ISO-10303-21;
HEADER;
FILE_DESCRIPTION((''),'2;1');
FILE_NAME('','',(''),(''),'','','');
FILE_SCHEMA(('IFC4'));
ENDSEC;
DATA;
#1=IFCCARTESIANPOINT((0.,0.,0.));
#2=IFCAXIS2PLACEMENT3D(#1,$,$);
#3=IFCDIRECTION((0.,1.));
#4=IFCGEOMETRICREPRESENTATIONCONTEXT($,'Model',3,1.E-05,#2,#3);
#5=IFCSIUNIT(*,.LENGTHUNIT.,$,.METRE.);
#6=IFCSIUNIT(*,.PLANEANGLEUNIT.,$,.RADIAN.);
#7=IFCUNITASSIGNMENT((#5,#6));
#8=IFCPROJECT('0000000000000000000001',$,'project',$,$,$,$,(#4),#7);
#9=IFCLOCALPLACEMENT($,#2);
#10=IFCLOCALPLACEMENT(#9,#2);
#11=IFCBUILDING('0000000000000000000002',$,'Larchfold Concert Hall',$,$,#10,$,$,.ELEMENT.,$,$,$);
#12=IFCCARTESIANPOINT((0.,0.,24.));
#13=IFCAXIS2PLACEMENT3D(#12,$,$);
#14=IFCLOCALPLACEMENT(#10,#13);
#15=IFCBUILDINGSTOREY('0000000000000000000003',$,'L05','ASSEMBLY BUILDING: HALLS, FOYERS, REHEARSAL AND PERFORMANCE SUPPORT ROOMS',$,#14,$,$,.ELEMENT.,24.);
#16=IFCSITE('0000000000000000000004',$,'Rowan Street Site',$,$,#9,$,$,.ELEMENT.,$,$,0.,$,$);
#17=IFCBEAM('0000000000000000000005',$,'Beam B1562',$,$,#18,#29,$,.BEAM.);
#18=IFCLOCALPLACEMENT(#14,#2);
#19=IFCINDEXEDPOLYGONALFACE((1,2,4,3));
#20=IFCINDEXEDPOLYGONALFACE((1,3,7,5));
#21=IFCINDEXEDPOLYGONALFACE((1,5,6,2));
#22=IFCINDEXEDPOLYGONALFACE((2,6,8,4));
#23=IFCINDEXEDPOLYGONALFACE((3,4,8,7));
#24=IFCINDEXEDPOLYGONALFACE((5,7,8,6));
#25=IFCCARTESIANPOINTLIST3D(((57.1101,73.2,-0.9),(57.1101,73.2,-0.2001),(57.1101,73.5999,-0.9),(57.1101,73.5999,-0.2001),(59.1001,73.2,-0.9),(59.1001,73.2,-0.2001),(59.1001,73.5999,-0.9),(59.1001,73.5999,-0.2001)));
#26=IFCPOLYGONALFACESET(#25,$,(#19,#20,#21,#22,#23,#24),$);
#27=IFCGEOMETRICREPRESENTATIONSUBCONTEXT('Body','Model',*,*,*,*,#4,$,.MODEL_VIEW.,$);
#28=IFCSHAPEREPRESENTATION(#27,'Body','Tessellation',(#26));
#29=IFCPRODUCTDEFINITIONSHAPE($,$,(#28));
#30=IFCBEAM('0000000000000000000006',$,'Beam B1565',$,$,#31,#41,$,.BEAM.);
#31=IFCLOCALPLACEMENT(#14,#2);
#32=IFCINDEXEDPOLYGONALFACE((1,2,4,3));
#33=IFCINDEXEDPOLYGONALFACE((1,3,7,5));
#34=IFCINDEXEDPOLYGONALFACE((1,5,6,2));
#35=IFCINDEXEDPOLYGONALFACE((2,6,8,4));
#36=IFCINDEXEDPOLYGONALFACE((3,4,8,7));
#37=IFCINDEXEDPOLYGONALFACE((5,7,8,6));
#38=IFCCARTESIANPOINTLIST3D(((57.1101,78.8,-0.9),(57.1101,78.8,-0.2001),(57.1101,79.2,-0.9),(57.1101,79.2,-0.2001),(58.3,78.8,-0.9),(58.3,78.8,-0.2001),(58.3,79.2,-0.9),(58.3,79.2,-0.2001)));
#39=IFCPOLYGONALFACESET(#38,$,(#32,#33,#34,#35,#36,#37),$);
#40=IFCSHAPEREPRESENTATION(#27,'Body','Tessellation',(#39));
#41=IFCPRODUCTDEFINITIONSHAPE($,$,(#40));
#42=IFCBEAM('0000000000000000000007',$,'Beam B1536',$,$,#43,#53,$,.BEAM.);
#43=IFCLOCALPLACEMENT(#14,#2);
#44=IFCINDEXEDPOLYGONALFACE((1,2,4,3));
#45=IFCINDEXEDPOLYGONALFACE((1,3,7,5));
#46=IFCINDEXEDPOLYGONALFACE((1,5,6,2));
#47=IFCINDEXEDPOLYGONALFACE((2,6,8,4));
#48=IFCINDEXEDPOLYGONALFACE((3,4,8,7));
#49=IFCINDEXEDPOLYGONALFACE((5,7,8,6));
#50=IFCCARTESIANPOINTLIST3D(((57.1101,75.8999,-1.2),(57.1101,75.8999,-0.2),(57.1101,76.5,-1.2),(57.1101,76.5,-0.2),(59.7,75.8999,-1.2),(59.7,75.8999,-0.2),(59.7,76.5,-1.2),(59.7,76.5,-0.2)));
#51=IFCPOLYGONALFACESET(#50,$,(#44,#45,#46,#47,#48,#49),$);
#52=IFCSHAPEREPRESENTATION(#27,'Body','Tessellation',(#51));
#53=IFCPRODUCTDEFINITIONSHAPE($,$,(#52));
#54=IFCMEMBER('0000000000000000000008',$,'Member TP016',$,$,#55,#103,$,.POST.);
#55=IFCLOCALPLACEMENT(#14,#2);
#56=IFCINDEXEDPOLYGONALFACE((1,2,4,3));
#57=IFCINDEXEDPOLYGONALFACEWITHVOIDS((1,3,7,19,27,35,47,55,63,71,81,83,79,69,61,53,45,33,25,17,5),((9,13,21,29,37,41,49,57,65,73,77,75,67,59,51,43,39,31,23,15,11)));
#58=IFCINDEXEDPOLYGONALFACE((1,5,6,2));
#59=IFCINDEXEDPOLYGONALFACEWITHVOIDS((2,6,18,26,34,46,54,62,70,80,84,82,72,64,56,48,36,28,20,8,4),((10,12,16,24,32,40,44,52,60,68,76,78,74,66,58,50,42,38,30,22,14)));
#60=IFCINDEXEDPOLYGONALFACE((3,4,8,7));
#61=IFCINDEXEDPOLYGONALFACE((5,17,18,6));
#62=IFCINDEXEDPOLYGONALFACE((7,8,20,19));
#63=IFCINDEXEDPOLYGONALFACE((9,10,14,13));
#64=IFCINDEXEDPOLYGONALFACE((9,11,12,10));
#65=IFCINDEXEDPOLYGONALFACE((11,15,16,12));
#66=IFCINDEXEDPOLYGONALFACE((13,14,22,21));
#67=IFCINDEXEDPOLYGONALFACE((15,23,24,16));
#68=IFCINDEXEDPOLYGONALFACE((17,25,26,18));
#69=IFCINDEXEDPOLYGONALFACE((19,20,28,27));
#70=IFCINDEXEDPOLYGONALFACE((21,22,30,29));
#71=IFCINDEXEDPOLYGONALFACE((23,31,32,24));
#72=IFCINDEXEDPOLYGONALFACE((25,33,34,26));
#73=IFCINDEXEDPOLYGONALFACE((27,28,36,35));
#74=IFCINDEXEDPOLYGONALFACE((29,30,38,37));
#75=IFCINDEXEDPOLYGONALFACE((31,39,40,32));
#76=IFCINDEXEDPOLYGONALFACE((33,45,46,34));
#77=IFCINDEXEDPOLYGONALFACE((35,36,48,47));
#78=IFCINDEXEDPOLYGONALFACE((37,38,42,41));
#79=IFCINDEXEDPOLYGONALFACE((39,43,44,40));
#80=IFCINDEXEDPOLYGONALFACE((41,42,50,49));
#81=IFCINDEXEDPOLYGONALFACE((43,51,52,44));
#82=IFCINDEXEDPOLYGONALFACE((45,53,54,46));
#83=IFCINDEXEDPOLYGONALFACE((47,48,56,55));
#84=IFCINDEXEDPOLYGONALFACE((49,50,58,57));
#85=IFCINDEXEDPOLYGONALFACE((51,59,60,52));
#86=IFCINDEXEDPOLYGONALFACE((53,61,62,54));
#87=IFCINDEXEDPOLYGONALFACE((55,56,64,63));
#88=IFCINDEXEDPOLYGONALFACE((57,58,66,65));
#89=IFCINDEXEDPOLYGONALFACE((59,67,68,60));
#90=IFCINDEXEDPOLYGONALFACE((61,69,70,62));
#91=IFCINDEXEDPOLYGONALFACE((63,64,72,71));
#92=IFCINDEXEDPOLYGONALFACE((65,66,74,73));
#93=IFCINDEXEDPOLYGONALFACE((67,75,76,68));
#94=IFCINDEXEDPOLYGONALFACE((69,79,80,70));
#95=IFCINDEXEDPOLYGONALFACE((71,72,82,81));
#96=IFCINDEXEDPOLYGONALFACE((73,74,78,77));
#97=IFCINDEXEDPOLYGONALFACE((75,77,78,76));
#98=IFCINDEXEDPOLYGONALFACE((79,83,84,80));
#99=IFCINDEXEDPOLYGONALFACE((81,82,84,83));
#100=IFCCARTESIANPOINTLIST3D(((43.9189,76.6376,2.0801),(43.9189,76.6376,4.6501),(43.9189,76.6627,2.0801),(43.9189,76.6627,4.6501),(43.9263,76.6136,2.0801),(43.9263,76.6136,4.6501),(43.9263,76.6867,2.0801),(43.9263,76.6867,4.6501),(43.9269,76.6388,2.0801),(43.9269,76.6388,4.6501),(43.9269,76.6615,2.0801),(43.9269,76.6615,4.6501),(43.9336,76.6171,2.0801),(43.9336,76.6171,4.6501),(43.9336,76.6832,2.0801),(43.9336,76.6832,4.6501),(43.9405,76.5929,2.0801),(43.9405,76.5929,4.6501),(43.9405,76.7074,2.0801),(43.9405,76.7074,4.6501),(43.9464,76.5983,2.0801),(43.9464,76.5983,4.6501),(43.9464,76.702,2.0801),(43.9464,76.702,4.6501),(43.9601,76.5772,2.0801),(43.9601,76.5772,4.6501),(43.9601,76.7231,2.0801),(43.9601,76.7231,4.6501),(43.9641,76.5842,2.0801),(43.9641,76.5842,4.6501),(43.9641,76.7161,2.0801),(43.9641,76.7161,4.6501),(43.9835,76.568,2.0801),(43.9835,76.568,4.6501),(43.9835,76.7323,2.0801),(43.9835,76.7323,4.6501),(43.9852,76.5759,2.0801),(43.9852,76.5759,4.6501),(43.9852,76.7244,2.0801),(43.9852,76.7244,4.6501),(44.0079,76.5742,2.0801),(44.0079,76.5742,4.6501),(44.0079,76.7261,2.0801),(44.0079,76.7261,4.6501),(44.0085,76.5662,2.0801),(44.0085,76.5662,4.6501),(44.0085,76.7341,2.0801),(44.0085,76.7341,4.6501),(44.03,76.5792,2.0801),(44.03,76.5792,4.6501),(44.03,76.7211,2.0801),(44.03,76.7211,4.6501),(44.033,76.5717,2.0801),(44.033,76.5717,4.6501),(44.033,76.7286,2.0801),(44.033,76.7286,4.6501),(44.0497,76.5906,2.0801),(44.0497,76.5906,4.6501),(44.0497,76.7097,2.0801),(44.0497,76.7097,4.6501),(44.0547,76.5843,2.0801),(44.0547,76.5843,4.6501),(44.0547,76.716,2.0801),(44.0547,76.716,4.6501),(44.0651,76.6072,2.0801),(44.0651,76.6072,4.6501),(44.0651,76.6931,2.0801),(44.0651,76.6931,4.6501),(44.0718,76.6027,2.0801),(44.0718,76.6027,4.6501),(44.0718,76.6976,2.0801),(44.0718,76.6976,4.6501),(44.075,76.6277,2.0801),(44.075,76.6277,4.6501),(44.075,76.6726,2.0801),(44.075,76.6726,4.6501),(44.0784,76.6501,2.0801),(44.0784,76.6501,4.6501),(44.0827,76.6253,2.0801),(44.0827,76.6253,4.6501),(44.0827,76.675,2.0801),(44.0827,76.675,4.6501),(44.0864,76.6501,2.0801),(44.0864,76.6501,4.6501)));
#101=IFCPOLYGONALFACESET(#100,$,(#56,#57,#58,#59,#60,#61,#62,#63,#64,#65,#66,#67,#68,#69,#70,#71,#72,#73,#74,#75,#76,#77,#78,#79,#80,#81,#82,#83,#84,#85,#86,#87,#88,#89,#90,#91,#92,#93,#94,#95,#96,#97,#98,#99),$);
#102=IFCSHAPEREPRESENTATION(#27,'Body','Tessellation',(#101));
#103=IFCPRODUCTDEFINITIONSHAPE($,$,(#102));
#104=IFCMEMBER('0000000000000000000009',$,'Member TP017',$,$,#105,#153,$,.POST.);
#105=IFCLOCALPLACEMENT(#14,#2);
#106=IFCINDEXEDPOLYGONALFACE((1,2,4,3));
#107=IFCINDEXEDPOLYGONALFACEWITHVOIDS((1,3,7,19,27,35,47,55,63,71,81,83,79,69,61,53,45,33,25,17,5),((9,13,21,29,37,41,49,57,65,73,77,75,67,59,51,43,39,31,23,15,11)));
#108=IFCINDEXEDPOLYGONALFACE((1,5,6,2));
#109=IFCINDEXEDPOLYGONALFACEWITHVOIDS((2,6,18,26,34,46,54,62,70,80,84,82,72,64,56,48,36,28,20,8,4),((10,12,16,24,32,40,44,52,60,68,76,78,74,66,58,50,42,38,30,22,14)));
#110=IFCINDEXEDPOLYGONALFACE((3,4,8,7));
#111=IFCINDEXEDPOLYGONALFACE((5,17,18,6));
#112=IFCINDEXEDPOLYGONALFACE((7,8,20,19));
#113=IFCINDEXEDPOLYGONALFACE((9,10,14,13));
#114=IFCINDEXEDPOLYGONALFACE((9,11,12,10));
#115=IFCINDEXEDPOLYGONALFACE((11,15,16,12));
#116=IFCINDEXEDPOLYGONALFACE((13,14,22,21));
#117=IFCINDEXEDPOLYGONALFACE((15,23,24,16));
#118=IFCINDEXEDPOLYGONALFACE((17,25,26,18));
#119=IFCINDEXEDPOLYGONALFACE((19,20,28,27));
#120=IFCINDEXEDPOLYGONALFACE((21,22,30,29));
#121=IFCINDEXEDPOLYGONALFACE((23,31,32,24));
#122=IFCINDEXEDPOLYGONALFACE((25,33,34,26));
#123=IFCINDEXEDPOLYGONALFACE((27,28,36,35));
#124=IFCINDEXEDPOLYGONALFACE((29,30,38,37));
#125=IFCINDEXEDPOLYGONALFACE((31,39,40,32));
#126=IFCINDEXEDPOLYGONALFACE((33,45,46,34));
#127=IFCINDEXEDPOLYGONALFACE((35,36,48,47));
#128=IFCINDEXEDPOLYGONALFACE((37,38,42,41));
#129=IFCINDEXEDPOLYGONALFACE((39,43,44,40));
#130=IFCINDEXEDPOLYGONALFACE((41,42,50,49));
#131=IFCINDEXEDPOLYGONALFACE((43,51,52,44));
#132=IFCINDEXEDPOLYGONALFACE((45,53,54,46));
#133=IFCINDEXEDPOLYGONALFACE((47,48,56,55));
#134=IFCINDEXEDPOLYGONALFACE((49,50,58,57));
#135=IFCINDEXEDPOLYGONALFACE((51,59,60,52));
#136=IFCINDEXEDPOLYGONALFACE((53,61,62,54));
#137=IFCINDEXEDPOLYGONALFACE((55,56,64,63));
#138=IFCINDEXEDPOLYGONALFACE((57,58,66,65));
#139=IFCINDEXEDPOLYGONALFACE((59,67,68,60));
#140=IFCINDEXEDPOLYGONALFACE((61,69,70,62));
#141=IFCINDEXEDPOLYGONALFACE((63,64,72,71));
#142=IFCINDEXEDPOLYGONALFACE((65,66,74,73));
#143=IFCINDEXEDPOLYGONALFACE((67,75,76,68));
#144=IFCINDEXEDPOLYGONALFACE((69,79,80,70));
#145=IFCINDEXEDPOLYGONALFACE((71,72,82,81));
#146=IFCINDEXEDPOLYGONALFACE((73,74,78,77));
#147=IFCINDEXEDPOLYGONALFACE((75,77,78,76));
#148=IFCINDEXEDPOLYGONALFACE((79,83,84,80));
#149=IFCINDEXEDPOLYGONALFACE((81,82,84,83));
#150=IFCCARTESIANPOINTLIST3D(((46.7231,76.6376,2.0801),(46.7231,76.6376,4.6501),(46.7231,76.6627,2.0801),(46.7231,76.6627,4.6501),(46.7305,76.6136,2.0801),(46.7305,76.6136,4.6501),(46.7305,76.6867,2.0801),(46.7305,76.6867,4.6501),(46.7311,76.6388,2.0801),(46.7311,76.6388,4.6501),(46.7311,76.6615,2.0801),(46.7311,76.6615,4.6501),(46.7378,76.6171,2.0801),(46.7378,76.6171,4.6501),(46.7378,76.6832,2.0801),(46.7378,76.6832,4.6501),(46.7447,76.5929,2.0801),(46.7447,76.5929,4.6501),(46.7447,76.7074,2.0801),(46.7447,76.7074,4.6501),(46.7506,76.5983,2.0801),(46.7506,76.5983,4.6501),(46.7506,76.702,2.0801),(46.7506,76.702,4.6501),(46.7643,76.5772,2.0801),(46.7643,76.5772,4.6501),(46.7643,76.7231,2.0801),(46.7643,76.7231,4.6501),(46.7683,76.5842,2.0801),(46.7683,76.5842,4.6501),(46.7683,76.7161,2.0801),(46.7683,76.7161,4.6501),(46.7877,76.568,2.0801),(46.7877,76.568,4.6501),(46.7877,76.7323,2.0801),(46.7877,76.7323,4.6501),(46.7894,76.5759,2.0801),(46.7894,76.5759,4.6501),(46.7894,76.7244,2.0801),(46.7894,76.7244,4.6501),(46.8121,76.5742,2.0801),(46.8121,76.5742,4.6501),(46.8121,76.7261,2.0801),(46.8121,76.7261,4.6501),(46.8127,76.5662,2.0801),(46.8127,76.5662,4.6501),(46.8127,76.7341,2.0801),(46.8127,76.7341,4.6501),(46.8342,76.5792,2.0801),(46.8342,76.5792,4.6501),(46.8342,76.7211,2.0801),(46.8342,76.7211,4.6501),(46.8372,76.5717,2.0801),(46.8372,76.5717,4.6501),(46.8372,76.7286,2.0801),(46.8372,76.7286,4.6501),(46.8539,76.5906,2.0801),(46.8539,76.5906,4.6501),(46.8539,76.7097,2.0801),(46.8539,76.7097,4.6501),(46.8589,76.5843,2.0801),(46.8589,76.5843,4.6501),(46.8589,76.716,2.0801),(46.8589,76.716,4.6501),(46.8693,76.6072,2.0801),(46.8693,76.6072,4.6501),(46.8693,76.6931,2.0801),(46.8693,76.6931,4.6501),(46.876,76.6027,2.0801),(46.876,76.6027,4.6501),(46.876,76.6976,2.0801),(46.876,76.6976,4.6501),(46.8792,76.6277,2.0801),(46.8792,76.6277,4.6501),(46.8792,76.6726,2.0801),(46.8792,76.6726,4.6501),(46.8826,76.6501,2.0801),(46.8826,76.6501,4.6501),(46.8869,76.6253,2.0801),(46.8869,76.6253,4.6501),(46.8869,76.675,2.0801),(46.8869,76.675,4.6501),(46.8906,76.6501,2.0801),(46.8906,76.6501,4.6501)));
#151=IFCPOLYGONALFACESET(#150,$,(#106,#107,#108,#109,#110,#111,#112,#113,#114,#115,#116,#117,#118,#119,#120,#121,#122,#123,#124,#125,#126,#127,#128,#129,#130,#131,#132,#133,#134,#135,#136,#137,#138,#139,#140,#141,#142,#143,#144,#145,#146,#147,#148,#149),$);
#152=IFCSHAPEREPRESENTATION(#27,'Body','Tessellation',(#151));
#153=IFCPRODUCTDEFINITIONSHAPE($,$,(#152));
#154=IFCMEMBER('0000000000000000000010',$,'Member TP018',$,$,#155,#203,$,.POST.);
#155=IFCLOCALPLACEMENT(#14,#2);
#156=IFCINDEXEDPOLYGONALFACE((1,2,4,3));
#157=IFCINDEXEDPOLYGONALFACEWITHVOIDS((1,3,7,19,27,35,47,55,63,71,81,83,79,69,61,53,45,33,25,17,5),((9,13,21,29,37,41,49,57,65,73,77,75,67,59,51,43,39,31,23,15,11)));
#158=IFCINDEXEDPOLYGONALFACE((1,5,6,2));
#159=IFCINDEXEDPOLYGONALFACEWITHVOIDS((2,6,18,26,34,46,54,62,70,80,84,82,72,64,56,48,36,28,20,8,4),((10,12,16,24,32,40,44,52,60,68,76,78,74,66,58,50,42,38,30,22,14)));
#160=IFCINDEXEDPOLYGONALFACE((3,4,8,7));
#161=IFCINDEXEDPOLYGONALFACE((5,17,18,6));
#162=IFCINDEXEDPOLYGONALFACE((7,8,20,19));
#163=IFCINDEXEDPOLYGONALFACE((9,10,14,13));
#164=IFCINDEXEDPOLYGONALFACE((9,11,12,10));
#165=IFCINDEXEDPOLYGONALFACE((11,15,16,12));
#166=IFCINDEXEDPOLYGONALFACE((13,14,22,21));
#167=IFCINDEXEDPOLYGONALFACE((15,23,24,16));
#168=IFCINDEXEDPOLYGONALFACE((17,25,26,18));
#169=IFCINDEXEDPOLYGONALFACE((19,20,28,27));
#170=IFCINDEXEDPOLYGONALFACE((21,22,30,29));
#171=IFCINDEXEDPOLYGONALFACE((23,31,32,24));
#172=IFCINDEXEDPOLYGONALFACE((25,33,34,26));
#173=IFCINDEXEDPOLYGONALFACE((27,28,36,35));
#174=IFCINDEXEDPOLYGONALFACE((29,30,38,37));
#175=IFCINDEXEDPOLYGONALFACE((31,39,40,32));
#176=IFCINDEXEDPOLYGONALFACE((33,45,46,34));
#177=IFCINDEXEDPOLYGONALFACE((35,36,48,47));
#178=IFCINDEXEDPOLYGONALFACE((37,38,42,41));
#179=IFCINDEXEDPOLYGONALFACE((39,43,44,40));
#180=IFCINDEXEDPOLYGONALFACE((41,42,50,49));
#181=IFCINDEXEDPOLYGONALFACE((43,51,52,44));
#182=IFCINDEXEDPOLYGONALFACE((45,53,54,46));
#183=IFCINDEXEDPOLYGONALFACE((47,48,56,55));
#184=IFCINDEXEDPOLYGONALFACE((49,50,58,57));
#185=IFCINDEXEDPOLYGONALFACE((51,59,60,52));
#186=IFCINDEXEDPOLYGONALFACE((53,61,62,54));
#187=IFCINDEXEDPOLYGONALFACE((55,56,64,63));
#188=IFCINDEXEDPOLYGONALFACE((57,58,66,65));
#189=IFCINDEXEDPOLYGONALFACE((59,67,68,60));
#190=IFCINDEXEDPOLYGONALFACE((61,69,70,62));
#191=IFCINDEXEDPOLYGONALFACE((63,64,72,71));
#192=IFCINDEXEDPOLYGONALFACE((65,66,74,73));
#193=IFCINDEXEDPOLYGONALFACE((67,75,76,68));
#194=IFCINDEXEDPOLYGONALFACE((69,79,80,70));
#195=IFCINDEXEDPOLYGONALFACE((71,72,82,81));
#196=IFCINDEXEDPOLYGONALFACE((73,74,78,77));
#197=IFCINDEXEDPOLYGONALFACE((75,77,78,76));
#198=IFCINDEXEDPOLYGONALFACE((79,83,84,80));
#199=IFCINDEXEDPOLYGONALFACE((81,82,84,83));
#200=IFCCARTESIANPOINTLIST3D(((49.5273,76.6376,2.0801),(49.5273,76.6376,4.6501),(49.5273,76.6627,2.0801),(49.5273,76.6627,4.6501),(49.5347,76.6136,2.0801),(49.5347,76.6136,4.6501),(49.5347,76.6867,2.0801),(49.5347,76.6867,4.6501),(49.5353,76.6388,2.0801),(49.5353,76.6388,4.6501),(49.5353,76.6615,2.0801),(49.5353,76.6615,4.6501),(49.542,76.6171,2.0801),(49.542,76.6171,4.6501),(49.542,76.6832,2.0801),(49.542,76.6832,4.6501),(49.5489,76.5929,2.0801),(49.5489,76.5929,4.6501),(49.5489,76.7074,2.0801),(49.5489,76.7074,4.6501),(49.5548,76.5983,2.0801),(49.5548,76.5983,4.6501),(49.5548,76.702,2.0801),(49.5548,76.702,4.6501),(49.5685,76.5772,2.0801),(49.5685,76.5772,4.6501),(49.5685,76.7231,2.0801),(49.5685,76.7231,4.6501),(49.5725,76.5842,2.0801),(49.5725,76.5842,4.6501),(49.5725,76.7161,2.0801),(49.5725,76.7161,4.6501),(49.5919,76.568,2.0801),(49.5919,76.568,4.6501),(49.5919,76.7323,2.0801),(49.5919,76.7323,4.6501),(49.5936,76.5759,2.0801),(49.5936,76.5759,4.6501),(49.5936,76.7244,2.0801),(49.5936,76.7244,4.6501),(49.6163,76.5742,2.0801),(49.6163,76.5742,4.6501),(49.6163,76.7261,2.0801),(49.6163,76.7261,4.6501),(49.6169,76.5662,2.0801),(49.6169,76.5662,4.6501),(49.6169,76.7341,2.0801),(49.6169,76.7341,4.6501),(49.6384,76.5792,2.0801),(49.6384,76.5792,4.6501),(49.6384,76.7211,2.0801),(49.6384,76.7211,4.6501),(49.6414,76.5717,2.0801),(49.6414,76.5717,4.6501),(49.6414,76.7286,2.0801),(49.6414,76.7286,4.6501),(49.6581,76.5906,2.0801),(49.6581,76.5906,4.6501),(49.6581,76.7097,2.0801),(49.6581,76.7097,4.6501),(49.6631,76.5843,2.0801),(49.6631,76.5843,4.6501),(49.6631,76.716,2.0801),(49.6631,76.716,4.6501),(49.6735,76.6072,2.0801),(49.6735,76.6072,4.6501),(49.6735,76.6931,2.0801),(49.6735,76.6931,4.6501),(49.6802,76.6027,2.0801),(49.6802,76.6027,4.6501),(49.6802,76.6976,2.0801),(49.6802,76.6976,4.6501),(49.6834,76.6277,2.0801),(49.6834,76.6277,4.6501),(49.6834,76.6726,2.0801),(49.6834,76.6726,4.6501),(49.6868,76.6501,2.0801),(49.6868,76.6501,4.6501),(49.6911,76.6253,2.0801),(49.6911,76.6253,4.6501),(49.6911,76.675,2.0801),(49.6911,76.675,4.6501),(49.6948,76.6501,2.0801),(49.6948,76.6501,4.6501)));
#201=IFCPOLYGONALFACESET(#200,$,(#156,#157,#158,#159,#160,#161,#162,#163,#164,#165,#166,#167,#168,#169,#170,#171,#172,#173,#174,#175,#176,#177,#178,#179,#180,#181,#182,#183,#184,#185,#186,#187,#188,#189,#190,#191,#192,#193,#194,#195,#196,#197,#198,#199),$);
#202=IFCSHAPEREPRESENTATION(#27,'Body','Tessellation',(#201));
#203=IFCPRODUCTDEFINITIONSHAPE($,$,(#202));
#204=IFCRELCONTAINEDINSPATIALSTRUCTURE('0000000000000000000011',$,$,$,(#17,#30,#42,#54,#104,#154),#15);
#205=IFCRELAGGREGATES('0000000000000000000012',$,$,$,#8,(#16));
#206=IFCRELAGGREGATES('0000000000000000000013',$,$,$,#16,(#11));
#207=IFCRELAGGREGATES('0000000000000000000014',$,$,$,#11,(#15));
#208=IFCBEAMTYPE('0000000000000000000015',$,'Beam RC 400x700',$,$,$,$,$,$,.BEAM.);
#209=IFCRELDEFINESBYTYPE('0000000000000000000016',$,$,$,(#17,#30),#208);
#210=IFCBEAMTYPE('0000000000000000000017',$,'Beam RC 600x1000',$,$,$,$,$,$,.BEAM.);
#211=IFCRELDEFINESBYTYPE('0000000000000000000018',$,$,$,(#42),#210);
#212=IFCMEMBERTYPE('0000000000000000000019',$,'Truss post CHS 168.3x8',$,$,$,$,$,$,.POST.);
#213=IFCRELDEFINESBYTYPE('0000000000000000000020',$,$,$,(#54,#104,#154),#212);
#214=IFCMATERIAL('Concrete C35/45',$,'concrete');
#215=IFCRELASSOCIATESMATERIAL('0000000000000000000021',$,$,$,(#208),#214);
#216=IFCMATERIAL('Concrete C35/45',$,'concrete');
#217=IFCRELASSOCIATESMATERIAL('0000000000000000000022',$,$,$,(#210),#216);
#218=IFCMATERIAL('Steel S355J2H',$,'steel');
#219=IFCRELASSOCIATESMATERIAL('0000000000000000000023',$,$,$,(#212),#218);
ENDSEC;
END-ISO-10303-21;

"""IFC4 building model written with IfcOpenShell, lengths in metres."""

from ifc_helpers import new_model, si_unit, direction, frame, origin, origin_2d, place, context, subcontext, project, spatial, rectangle, hollow_circle, extrude, material, material_profile, profile_set, type_object, element, save


model = new_model("IFC4")

# Units and contexts
model_context = context("Model", 3, precision=1e-05, world=origin(), true_north=direction((0.0, 1.0)))
body_context = subcontext(model_context, "Body", "Model", "MODEL_VIEW")
ifc_project = project(units=[si_unit("LENGTHUNIT", "METRE"), si_unit("PLANEANGLEUNIT", "RADIAN")], contexts=[model_context])

# Site, building, storey
site_placement = place(None, origin())
site = spatial("IfcSite", under=ifc_project, at=site_placement, Name="Rowan Street Site", CompositionType="ELEMENT", RefElevation=0.0)
building_placement = place(site_placement, origin())
building = spatial("IfcBuilding", under=site, at=building_placement, Name="Larchfold Concert Hall", CompositionType="ELEMENT")
storey_placement = place(building_placement, frame((0.0, 0.0, 24.0)))
storey = spatial("IfcBuildingStorey", under=building, at=storey_placement, Name="L05", Description="ASSEMBLY BUILDING: HALLS, FOYERS, REHEARSAL AND PERFORMANCE SUPPORT ROOMS", CompositionType="ELEMENT", Elevation=24.0)

# Beams
ifc_material_1 = material(Name="Concrete C35/45", Category="concrete")
ifc_material_profile_1 = material_profile(ifc_material_1, rectangle(XDim=0.3999, YDim=0.7, at=origin_2d()))
ifc_profile_set_1 = profile_set([ifc_material_profile_1], Name="Concrete C35/45")
beam_type_1 = type_object("IfcBeamType", Name="Beam RC 400x700", PredefinedType="BEAM", material=ifc_profile_set_1)
beam_1_placement = place(storey_placement, frame((57.1101, 73.3999, -0.55), z_axis=(1.0, 0.0, 0.0), x_axis=(0.0, 1.0, 0.0)))
element("IfcBeam", 1, at=beam_1_placement, inside=storey, type_object=beam_type_1, Name="Beam B1562", PredefinedType="BEAM", context=body_context, shape_type="SweptSolid", body=[
    extrude(rectangle(XDim=0.3999, YDim=0.7, at=origin_2d()), origin(), (0.0, 0.0, 1.0), 1.99),
])
beam_2_placement = place(storey_placement, frame((57.1101, 79.0, -0.55), z_axis=(1.0, 0.0, 0.0), x_axis=(0.0, 1.0, 0.0)))
element("IfcBeam", 2, at=beam_2_placement, inside=storey, type_object=beam_type_1, Name="Beam B1565", PredefinedType="BEAM", context=body_context, shape_type="SweptSolid", body=[
    extrude(rectangle(XDim=0.3999, YDim=0.7, at=origin_2d()), origin(), (0.0, 0.0, 1.0), 1.1899),
])
ifc_material_2 = material(Name="Concrete C35/45", Category="concrete")
ifc_material_profile_2 = material_profile(ifc_material_2, rectangle(XDim=0.6001, YDim=1.0, at=origin_2d()))
ifc_profile_set_2 = profile_set([ifc_material_profile_2], Name="Concrete C35/45")
beam_type_2 = type_object("IfcBeamType", Name="Beam RC 600x1000", PredefinedType="BEAM", material=ifc_profile_set_2)
beam_3_placement = place(storey_placement, frame((57.1101, 76.2, -0.7), z_axis=(1.0, 0.0, 0.0), x_axis=(0.0, 1.0, 0.0)))
element("IfcBeam", 3, at=beam_3_placement, inside=storey, type_object=beam_type_2, Name="Beam B1536", PredefinedType="BEAM", context=body_context, shape_type="SweptSolid", body=[
    extrude(rectangle(XDim=0.6001, YDim=1.0, at=origin_2d()), origin(), (0.0, 0.0, 1.0), 2.5898),
])

# Members
ifc_material_3 = material(Name="Steel S355J2H", Category="steel")
ifc_material_profile_3 = material_profile(ifc_material_3, hollow_circle(Radius=0.0842, WallThickness=0.0081, at=origin_2d()))
ifc_profile_set_3 = profile_set([ifc_material_profile_3], Name="Steel S355J2H")
member_type = type_object("IfcMemberType", Name="Truss post CHS 168.3x8", PredefinedType="POST", material=ifc_profile_set_3)
for number, where, z_axis, x_axis, name in (
    (4, (44.0022, 76.6501, 2.0801), (0.0, 0.0, 1.0), (1.0, 0.0, 0.0), "Member TP016"),
    (5, (46.8064, 76.6501, 2.0801), (0.0, 0.0, 1.0), (1.0, 0.0, 0.0), "Member TP017"),
    (6, (49.6106, 76.6501, 2.0801), (0.0, 0.0, 1.0), (1.0, 0.0, 0.0), "Member TP018"),
):
    element("IfcMember", number, at=place(storey_placement, frame(where, z_axis=z_axis, x_axis=x_axis)), inside=storey, type_object=member_type, Name=name, PredefinedType="POST", context=body_context, shape_type="SweptSolid", body=[
        extrude(hollow_circle(Radius=0.0842, WallThickness=0.0081, at=origin_2d()), origin(), (0.0, 0.0, 1.0), 2.5701),
    ])

save(model, "model.ifc")
